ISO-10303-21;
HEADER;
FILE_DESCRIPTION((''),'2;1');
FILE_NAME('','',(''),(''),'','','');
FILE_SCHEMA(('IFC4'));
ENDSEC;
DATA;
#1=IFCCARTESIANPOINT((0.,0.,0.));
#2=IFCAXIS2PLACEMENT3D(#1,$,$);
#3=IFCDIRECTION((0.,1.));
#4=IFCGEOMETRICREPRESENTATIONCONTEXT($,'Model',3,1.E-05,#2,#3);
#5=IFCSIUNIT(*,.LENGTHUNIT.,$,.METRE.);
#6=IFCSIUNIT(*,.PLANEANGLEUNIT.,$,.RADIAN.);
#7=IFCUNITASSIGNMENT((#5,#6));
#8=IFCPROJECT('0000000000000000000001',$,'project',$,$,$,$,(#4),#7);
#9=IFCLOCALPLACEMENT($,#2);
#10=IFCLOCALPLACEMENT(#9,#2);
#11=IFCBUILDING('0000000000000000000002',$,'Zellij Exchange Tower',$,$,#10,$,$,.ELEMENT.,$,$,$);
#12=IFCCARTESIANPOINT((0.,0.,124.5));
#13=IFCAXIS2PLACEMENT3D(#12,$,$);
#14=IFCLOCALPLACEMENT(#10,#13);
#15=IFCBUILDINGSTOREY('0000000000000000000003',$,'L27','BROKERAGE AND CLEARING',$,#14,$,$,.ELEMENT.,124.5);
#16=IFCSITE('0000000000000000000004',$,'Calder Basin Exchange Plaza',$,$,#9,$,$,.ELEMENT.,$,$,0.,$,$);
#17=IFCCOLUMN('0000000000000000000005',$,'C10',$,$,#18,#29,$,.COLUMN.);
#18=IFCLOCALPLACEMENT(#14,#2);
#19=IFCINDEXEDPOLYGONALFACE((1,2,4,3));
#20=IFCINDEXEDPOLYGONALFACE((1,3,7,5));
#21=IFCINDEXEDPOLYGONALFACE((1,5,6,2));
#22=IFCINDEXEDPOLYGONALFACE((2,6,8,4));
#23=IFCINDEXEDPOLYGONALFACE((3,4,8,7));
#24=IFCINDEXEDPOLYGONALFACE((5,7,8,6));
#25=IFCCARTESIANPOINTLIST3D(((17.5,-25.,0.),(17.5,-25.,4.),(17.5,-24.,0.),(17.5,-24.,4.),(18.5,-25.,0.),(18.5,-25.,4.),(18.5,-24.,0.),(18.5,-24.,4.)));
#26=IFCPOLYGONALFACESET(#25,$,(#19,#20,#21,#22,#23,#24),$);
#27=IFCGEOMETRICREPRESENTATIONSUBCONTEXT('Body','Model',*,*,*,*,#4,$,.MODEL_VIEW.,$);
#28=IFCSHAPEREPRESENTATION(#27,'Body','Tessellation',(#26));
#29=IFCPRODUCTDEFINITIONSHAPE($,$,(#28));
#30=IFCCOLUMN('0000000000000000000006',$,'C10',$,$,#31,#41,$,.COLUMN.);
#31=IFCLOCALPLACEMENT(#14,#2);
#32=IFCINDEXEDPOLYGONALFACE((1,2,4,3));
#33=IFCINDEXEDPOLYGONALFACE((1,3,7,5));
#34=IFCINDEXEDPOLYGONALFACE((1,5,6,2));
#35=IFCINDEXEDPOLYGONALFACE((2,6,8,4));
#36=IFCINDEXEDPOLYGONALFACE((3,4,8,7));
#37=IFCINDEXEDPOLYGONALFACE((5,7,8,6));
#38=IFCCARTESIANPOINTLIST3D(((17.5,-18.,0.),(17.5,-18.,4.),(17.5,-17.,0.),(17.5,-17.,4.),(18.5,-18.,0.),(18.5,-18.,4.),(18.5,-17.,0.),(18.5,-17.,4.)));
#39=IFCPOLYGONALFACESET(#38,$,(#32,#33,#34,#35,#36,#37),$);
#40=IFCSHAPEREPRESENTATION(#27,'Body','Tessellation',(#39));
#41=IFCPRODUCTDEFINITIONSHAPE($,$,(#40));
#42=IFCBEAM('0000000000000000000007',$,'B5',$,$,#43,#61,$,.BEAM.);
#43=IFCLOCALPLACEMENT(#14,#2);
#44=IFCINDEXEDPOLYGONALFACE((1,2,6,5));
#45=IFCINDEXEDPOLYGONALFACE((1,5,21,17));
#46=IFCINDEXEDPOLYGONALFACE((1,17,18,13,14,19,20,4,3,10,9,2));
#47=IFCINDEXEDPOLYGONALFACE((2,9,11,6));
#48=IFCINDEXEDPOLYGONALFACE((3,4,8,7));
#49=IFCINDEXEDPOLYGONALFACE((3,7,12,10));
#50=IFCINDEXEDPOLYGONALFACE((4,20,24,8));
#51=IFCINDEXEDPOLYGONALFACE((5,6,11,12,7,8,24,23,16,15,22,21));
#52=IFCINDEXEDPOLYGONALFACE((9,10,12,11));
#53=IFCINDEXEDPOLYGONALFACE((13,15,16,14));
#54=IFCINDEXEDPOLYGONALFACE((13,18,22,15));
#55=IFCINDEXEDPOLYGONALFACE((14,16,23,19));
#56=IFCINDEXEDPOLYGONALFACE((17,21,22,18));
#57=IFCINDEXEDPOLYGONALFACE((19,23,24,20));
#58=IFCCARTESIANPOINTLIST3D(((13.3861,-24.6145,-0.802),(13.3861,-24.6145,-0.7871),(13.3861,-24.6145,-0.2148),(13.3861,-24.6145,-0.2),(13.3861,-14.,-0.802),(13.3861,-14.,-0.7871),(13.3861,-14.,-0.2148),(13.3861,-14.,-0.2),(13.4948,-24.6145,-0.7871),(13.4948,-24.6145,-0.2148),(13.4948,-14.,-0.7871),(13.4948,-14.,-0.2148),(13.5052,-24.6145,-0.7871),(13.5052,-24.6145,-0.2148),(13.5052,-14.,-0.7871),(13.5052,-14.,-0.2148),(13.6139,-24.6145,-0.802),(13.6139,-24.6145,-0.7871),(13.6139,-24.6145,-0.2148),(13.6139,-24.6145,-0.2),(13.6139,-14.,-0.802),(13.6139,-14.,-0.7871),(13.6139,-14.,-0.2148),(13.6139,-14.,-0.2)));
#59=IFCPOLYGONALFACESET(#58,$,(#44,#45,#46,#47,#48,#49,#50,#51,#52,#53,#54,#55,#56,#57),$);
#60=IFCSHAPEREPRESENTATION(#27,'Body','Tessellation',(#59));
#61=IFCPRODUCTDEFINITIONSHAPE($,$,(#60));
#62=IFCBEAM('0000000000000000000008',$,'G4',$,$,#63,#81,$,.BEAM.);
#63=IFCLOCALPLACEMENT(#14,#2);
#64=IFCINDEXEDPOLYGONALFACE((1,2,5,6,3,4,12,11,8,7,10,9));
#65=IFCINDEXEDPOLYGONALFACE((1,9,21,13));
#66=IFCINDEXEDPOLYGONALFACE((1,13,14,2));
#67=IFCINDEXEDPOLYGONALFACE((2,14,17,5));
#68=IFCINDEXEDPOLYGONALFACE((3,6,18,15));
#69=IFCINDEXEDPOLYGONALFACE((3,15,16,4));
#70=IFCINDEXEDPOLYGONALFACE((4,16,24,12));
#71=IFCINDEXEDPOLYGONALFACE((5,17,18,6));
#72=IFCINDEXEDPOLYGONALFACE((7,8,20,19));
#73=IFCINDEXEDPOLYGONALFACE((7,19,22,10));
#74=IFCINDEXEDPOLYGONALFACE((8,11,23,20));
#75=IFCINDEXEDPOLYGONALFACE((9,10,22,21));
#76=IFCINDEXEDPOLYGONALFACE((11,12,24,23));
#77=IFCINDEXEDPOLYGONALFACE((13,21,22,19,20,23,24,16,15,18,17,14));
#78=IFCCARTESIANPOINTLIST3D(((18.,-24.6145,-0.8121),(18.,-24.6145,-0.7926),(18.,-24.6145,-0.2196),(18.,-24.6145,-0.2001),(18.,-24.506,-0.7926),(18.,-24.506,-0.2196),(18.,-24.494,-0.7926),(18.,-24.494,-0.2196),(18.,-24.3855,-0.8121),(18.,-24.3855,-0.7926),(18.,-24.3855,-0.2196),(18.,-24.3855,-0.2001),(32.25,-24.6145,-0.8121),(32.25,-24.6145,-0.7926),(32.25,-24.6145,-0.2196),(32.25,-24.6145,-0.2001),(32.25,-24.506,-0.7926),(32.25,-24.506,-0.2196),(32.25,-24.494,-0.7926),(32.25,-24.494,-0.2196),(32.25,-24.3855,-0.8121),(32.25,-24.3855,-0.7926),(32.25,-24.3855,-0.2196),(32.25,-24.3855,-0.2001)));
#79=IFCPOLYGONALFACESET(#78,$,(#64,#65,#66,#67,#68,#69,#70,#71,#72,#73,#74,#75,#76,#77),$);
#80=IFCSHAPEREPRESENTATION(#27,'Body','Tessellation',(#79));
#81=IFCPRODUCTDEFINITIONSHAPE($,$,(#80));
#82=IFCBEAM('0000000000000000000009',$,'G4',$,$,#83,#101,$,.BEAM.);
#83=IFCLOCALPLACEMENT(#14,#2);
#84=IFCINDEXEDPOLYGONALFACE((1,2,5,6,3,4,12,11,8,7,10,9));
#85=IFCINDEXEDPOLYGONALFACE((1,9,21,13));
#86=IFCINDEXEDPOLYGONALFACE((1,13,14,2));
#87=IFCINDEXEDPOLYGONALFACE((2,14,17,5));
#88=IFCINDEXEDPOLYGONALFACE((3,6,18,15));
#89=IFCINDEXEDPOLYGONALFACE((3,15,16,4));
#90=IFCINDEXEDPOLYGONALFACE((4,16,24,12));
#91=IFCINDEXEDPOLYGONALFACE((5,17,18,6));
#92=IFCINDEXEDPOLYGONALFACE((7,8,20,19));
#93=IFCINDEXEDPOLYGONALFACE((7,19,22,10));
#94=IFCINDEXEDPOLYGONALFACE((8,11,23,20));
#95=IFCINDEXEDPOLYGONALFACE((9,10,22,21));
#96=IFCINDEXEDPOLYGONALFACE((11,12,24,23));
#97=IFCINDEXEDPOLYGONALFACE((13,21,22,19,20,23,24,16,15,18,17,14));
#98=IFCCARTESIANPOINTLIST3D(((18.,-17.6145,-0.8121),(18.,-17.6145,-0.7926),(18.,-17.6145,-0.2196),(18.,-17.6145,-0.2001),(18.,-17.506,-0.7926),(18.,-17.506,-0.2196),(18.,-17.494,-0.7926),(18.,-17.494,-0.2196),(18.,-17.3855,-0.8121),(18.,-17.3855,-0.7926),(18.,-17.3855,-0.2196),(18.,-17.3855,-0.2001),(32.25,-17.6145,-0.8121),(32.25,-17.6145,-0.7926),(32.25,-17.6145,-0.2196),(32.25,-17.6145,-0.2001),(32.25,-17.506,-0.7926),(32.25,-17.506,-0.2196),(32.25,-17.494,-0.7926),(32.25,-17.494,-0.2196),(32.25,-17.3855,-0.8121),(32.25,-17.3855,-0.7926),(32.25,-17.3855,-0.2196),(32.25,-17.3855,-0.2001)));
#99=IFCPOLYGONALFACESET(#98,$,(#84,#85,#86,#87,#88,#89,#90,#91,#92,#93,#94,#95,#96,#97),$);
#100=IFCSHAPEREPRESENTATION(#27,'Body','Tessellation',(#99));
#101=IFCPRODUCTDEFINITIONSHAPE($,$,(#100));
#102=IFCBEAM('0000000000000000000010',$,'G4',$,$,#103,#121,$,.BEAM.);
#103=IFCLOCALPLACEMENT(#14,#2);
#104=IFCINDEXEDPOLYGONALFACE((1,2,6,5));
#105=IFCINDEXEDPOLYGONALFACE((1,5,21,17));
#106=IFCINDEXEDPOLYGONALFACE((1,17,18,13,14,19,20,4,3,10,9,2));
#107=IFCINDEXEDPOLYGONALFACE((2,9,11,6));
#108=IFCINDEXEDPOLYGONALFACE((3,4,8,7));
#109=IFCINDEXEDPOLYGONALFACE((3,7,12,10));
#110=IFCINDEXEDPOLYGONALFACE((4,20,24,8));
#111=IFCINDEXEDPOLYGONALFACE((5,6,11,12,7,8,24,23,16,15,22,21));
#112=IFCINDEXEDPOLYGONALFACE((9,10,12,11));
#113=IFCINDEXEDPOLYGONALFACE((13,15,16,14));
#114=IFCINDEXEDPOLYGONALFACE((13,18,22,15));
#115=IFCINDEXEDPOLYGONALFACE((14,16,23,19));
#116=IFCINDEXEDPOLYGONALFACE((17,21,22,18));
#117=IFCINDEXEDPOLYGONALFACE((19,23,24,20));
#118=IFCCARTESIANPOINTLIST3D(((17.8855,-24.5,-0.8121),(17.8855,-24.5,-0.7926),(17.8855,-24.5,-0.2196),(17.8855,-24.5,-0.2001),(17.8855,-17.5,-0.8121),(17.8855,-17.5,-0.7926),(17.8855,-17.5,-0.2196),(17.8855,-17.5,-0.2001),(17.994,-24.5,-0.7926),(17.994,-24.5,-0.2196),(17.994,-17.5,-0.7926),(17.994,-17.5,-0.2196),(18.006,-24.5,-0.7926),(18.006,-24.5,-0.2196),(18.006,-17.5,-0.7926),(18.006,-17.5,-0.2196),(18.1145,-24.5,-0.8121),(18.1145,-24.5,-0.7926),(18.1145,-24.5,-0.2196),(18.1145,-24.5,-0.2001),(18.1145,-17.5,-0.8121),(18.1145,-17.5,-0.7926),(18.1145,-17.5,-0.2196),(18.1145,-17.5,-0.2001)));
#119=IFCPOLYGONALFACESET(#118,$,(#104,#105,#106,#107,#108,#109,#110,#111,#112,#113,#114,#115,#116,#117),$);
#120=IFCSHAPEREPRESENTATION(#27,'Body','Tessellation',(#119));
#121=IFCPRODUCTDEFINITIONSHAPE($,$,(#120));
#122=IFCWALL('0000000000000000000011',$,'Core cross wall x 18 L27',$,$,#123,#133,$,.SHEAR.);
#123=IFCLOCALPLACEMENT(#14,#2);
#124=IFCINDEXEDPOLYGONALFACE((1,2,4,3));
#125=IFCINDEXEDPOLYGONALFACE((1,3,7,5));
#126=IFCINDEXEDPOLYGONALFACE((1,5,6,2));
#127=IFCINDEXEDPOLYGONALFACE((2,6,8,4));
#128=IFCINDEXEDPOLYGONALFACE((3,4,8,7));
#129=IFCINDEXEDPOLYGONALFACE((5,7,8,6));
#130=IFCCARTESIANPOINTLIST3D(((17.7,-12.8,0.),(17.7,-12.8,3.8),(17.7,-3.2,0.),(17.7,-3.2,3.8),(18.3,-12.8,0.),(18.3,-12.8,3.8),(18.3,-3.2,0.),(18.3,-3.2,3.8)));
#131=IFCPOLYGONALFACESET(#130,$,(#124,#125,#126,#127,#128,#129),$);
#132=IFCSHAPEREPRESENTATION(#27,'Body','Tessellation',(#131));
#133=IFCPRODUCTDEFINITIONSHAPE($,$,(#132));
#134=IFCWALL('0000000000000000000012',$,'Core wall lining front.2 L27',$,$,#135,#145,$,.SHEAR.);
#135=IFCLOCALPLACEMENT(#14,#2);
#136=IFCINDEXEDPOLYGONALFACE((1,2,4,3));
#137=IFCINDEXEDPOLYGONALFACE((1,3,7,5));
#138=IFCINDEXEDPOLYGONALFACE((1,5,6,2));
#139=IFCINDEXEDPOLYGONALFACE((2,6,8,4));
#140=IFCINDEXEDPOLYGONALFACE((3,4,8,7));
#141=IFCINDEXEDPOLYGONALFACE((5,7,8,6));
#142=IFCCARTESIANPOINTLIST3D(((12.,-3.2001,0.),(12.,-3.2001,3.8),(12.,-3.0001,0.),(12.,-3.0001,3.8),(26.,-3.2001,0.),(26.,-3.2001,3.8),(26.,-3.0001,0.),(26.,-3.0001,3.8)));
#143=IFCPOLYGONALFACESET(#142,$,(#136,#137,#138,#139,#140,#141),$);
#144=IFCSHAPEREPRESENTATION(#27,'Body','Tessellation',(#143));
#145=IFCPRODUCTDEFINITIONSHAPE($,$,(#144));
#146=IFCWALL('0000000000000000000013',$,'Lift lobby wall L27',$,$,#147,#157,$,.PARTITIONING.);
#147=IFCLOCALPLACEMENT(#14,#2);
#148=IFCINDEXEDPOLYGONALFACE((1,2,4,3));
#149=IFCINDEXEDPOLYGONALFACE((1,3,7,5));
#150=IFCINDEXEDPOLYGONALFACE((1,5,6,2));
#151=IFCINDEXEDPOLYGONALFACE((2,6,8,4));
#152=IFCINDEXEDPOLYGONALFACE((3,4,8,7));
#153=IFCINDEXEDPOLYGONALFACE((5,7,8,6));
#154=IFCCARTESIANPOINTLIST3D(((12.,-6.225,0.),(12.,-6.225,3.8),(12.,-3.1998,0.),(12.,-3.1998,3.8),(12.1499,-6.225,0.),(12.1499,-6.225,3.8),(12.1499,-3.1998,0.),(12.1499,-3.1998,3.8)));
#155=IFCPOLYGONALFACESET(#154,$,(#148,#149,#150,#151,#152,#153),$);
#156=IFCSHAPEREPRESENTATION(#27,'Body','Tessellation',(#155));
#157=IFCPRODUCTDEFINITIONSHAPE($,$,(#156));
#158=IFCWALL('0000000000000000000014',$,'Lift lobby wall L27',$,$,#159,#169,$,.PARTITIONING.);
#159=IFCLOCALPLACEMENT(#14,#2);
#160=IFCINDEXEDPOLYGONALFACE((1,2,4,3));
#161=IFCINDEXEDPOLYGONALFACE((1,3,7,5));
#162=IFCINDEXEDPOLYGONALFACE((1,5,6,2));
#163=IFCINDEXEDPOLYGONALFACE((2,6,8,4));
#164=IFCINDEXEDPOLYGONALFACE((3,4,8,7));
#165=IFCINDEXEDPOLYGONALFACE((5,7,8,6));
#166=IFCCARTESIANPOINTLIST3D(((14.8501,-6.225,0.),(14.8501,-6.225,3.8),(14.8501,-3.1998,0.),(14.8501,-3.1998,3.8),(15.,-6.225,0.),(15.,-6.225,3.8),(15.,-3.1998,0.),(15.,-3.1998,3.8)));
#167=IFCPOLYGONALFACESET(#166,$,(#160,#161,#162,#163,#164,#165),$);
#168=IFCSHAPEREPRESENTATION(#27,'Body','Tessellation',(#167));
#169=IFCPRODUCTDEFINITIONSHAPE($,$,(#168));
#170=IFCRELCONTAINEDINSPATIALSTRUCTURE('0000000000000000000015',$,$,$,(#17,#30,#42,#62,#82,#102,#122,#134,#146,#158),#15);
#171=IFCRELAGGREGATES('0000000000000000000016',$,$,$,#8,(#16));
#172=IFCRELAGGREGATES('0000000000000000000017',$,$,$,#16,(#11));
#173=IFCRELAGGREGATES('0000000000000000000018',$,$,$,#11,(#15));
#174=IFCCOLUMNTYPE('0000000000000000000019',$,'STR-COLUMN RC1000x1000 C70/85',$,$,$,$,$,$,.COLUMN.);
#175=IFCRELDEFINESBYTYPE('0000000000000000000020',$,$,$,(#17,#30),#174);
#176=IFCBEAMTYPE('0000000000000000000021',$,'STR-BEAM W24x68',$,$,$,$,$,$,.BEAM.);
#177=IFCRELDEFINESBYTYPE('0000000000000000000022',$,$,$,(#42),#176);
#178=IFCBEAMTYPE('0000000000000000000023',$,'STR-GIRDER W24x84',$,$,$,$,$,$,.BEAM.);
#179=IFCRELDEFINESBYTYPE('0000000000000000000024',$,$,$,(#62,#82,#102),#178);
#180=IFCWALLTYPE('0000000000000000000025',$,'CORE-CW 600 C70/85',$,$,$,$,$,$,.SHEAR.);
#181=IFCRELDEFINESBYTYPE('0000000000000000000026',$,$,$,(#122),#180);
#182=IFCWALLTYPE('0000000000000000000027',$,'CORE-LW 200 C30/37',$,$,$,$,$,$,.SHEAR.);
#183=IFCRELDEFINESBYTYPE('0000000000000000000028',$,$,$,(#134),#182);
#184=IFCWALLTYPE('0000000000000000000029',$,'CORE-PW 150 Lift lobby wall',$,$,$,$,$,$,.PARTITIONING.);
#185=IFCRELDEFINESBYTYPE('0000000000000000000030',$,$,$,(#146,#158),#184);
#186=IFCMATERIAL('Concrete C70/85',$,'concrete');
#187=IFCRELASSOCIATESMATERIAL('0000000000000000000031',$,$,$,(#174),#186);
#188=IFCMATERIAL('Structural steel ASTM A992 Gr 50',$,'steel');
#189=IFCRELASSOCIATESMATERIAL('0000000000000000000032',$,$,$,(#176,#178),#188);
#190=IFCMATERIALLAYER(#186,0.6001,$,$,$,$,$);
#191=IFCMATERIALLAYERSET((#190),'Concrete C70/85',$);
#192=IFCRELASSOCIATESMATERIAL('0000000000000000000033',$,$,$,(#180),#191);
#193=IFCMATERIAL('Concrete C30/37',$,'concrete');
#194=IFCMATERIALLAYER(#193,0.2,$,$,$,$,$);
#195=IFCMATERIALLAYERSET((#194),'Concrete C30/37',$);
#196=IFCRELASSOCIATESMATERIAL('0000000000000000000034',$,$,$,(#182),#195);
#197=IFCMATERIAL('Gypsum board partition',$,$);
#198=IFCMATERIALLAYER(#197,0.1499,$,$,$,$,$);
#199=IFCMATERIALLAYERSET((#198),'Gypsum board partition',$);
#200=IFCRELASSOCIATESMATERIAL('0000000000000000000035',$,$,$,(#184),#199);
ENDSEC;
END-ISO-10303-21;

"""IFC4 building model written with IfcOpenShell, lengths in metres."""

from ifc_helpers import new_model, si_unit, direction, frame, frame_2d, origin, origin_2d, place, context, subcontext, project, spatial, rectangle, i_section, extrude, material, layer, layer_set, material_profile, profile_set, type_object, element, save


model = new_model("IFC4")

# Units and contexts
model_context = context("Model", 3, precision=1e-05, world=origin(), true_north=direction((0.0, 1.0)))
body_context = subcontext(model_context, "Body", "Model", "MODEL_VIEW")
ifc_project = project(units=[si_unit("LENGTHUNIT", "METRE"), si_unit("PLANEANGLEUNIT", "RADIAN")], contexts=[model_context])

# Site, building, storey
site_placement = place(None, origin())
site = spatial("IfcSite", under=ifc_project, at=site_placement, Name="Calder Basin Exchange Plaza", CompositionType="ELEMENT", RefElevation=0.0)
building_placement = place(site_placement, origin())
building = spatial("IfcBuilding", under=site, at=building_placement, Name="Zellij Exchange Tower", CompositionType="ELEMENT")
storey_placement = place(building_placement, frame((0.0, 0.0, 124.5)))
storey = spatial("IfcBuildingStorey", under=building, at=storey_placement, Name="L27", Description="BROKERAGE AND CLEARING", CompositionType="ELEMENT", Elevation=124.5)

# Columns
ifc_material_1 = material(Name="Concrete C70/85", Category="concrete")
ifc_material_profile_1 = material_profile(ifc_material_1, rectangle(XDim=1.0, YDim=1.0, at=origin_2d()), Name="STR-COLUMN RC1000x1000 C70/85")
ifc_profile_set_1 = profile_set([ifc_material_profile_1], Name="Concrete C70/85")
column_type = type_object("IfcColumnType", Name="STR-COLUMN RC1000x1000 C70/85", PredefinedType="COLUMN", material=ifc_profile_set_1)
for number, where, z_axis, x_axis, name in (
    (1, (18.0, -24.5, 0.0), (0.0, 0.0, 1.0), (1.0, 0.0, 0.0), "C10"),
    (2, (18.0, -17.5, 0.0), (0.0, 0.0, 1.0), (1.0, 0.0, 0.0), "C10"),
):
    element("IfcColumn", number, at=place(storey_placement, frame(where, z_axis=z_axis, x_axis=x_axis)), inside=storey, type_object=column_type, Name=name, PredefinedType="COLUMN", context=body_context, shape_type="SweptSolid", body=[
        extrude(rectangle(XDim=1.0, YDim=1.0, at=origin_2d()), origin(), (0.0, 0.0, 1.0), 4.0),
    ])

# Beams
ifc_material_2 = material(Name="Structural steel ASTM A992 Gr 50", Category="steel")
ifc_material_profile_2 = material_profile(ifc_material_2, i_section(OverallWidth=0.2278, OverallDepth=0.6021, WebThickness=0.0105, FlangeThickness=0.0149, at=origin_2d()), Name="W24x68")
ifc_profile_set_2 = profile_set([ifc_material_profile_2], Name="Structural steel ASTM A992 Gr 50")
beam_type_1 = type_object("IfcBeamType", Name="STR-BEAM W24x68", PredefinedType="BEAM", material=ifc_profile_set_2)
beam_1_placement = place(storey_placement, frame((13.5, -24.6145, -0.501), z_axis=(0.0, 1.0, 0.0), x_axis=(-1.0, 0.0, 0.0)))
element("IfcBeam", 3, at=beam_1_placement, inside=storey, type_object=beam_type_1, Name="B5", PredefinedType="BEAM", context=body_context, shape_type="SweptSolid", body=[
    extrude(i_section(OverallWidth=0.2278, OverallDepth=0.6021, WebThickness=0.0105, FlangeThickness=0.0149, at=origin_2d()), origin(), (0.0, 0.0, 1.0), 10.6145),
])
ifc_material_profile_3 = material_profile(ifc_material_2, i_section(OverallWidth=0.229, OverallDepth=0.6121, WebThickness=0.012, FlangeThickness=0.0195, at=origin_2d()), Name="W24x84")
ifc_profile_set_3 = profile_set([ifc_material_profile_3], Name="Structural steel ASTM A992 Gr 50")
beam_type_2 = type_object("IfcBeamType", Name="STR-GIRDER W24x84", PredefinedType="BEAM", material=ifc_profile_set_3)
for number, where, z_axis, x_axis, name in (
    (4, (18.0, -24.5, -0.5061), (1.0, 0.0, 0.0), (0.0, 1.0, 0.0), "G4"),
    (5, (18.0, -17.5, -0.5061), (1.0, 0.0, 0.0), (0.0, 1.0, 0.0), "G4"),
):
    element("IfcBeam", number, at=place(storey_placement, frame(where, z_axis=z_axis, x_axis=x_axis)), inside=storey, type_object=beam_type_2, Name=name, PredefinedType="BEAM", context=body_context, shape_type="SweptSolid", body=[
        extrude(i_section(OverallWidth=0.229, OverallDepth=0.6121, WebThickness=0.012, FlangeThickness=0.0195, at=origin_2d()), origin(), (0.0, 0.0, 1.0), 14.25),
    ])
beam_2_placement = place(storey_placement, frame((18.0, -24.5, -0.5061), z_axis=(0.0, 1.0, 0.0), x_axis=(-1.0, 0.0, 0.0)))
element("IfcBeam", 6, at=beam_2_placement, inside=storey, type_object=beam_type_2, Name="G4", PredefinedType="BEAM", context=body_context, shape_type="SweptSolid", body=[
    extrude(i_section(OverallWidth=0.229, OverallDepth=0.6121, WebThickness=0.012, FlangeThickness=0.0195, at=origin_2d()), origin(), (0.0, 0.0, 1.0), 7.0),
])

# Walls
ifc_layer_1 = layer(ifc_material_1, 0.6001)
ifc_layer_set_1 = layer_set([ifc_layer_1], Name="Concrete C70/85")
wall_type_1 = type_object("IfcWallType", Name="CORE-CW 600 C70/85", PredefinedType="SHEAR", material=ifc_layer_set_1)
wall_1_placement = place(storey_placement, frame((18.0, -12.8, 0.0), z_axis=(0.0, 0.0, 1.0), x_axis=(0.0, 1.0, 0.0)))
element("IfcWall", 7, at=wall_1_placement, inside=storey, type_object=wall_type_1, Name="Core cross wall x 18 L27", PredefinedType="SHEAR", context=body_context, shape_type="SweptSolid", body=[
    extrude(rectangle(XDim=9.6001, YDim=0.6001, at=frame_2d((4.8, 0.0))), origin(), (0.0, 0.0, 1.0), 3.8),
])
ifc_material_3 = material(Name="Concrete C30/37", Category="concrete")
ifc_layer_2 = layer(ifc_material_3, 0.2)
ifc_layer_set_2 = layer_set([ifc_layer_2], Name="Concrete C30/37")
wall_type_2 = type_object("IfcWallType", Name="CORE-LW 200 C30/37", PredefinedType="SHEAR", material=ifc_layer_set_2)
wall_2_placement = place(storey_placement, frame((12.0, -3.1001, 0.0), z_axis=(0.0, 0.0, 1.0), x_axis=(1.0, 0.0, 0.0)))
element("IfcWall", 8, at=wall_2_placement, inside=storey, type_object=wall_type_2, Name="Core wall lining front.2 L27", PredefinedType="SHEAR", context=body_context, shape_type="SweptSolid", body=[
    extrude(rectangle(XDim=14.0, YDim=0.2, at=frame_2d((7.0, 0.0))), origin(), (0.0, 0.0, 1.0), 3.8),
])
ifc_material_4 = material(Name="Gypsum board partition")
ifc_layer_3 = layer(ifc_material_4, 0.1499)
ifc_layer_set_3 = layer_set([ifc_layer_3], Name="Gypsum board partition")
wall_type_3 = type_object("IfcWallType", Name="CORE-PW 150 Lift lobby wall", PredefinedType="PARTITIONING", material=ifc_layer_set_3)
for number, where, z_axis, x_axis, name in (
    (9, (12.075, -6.2251, 0.0), (0.0, 0.0, 1.0), (0.0, 1.0, 0.0), "Lift lobby wall L27"),
    (10, (14.925, -6.2251, 0.0), (0.0, 0.0, 1.0), (0.0, 1.0, 0.0), "Lift lobby wall L27"),
):
    element("IfcWall", number, at=place(storey_placement, frame(where, z_axis=z_axis, x_axis=x_axis)), inside=storey, type_object=wall_type_3, Name=name, PredefinedType="PARTITIONING", context=body_context, shape_type="SweptSolid", body=[
        extrude(rectangle(XDim=3.0251, YDim=0.1499, at=frame_2d((1.5127, 0.0))), origin(), (0.0, 0.0, 1.0), 3.8),
    ])

save(model, "model.ifc")
